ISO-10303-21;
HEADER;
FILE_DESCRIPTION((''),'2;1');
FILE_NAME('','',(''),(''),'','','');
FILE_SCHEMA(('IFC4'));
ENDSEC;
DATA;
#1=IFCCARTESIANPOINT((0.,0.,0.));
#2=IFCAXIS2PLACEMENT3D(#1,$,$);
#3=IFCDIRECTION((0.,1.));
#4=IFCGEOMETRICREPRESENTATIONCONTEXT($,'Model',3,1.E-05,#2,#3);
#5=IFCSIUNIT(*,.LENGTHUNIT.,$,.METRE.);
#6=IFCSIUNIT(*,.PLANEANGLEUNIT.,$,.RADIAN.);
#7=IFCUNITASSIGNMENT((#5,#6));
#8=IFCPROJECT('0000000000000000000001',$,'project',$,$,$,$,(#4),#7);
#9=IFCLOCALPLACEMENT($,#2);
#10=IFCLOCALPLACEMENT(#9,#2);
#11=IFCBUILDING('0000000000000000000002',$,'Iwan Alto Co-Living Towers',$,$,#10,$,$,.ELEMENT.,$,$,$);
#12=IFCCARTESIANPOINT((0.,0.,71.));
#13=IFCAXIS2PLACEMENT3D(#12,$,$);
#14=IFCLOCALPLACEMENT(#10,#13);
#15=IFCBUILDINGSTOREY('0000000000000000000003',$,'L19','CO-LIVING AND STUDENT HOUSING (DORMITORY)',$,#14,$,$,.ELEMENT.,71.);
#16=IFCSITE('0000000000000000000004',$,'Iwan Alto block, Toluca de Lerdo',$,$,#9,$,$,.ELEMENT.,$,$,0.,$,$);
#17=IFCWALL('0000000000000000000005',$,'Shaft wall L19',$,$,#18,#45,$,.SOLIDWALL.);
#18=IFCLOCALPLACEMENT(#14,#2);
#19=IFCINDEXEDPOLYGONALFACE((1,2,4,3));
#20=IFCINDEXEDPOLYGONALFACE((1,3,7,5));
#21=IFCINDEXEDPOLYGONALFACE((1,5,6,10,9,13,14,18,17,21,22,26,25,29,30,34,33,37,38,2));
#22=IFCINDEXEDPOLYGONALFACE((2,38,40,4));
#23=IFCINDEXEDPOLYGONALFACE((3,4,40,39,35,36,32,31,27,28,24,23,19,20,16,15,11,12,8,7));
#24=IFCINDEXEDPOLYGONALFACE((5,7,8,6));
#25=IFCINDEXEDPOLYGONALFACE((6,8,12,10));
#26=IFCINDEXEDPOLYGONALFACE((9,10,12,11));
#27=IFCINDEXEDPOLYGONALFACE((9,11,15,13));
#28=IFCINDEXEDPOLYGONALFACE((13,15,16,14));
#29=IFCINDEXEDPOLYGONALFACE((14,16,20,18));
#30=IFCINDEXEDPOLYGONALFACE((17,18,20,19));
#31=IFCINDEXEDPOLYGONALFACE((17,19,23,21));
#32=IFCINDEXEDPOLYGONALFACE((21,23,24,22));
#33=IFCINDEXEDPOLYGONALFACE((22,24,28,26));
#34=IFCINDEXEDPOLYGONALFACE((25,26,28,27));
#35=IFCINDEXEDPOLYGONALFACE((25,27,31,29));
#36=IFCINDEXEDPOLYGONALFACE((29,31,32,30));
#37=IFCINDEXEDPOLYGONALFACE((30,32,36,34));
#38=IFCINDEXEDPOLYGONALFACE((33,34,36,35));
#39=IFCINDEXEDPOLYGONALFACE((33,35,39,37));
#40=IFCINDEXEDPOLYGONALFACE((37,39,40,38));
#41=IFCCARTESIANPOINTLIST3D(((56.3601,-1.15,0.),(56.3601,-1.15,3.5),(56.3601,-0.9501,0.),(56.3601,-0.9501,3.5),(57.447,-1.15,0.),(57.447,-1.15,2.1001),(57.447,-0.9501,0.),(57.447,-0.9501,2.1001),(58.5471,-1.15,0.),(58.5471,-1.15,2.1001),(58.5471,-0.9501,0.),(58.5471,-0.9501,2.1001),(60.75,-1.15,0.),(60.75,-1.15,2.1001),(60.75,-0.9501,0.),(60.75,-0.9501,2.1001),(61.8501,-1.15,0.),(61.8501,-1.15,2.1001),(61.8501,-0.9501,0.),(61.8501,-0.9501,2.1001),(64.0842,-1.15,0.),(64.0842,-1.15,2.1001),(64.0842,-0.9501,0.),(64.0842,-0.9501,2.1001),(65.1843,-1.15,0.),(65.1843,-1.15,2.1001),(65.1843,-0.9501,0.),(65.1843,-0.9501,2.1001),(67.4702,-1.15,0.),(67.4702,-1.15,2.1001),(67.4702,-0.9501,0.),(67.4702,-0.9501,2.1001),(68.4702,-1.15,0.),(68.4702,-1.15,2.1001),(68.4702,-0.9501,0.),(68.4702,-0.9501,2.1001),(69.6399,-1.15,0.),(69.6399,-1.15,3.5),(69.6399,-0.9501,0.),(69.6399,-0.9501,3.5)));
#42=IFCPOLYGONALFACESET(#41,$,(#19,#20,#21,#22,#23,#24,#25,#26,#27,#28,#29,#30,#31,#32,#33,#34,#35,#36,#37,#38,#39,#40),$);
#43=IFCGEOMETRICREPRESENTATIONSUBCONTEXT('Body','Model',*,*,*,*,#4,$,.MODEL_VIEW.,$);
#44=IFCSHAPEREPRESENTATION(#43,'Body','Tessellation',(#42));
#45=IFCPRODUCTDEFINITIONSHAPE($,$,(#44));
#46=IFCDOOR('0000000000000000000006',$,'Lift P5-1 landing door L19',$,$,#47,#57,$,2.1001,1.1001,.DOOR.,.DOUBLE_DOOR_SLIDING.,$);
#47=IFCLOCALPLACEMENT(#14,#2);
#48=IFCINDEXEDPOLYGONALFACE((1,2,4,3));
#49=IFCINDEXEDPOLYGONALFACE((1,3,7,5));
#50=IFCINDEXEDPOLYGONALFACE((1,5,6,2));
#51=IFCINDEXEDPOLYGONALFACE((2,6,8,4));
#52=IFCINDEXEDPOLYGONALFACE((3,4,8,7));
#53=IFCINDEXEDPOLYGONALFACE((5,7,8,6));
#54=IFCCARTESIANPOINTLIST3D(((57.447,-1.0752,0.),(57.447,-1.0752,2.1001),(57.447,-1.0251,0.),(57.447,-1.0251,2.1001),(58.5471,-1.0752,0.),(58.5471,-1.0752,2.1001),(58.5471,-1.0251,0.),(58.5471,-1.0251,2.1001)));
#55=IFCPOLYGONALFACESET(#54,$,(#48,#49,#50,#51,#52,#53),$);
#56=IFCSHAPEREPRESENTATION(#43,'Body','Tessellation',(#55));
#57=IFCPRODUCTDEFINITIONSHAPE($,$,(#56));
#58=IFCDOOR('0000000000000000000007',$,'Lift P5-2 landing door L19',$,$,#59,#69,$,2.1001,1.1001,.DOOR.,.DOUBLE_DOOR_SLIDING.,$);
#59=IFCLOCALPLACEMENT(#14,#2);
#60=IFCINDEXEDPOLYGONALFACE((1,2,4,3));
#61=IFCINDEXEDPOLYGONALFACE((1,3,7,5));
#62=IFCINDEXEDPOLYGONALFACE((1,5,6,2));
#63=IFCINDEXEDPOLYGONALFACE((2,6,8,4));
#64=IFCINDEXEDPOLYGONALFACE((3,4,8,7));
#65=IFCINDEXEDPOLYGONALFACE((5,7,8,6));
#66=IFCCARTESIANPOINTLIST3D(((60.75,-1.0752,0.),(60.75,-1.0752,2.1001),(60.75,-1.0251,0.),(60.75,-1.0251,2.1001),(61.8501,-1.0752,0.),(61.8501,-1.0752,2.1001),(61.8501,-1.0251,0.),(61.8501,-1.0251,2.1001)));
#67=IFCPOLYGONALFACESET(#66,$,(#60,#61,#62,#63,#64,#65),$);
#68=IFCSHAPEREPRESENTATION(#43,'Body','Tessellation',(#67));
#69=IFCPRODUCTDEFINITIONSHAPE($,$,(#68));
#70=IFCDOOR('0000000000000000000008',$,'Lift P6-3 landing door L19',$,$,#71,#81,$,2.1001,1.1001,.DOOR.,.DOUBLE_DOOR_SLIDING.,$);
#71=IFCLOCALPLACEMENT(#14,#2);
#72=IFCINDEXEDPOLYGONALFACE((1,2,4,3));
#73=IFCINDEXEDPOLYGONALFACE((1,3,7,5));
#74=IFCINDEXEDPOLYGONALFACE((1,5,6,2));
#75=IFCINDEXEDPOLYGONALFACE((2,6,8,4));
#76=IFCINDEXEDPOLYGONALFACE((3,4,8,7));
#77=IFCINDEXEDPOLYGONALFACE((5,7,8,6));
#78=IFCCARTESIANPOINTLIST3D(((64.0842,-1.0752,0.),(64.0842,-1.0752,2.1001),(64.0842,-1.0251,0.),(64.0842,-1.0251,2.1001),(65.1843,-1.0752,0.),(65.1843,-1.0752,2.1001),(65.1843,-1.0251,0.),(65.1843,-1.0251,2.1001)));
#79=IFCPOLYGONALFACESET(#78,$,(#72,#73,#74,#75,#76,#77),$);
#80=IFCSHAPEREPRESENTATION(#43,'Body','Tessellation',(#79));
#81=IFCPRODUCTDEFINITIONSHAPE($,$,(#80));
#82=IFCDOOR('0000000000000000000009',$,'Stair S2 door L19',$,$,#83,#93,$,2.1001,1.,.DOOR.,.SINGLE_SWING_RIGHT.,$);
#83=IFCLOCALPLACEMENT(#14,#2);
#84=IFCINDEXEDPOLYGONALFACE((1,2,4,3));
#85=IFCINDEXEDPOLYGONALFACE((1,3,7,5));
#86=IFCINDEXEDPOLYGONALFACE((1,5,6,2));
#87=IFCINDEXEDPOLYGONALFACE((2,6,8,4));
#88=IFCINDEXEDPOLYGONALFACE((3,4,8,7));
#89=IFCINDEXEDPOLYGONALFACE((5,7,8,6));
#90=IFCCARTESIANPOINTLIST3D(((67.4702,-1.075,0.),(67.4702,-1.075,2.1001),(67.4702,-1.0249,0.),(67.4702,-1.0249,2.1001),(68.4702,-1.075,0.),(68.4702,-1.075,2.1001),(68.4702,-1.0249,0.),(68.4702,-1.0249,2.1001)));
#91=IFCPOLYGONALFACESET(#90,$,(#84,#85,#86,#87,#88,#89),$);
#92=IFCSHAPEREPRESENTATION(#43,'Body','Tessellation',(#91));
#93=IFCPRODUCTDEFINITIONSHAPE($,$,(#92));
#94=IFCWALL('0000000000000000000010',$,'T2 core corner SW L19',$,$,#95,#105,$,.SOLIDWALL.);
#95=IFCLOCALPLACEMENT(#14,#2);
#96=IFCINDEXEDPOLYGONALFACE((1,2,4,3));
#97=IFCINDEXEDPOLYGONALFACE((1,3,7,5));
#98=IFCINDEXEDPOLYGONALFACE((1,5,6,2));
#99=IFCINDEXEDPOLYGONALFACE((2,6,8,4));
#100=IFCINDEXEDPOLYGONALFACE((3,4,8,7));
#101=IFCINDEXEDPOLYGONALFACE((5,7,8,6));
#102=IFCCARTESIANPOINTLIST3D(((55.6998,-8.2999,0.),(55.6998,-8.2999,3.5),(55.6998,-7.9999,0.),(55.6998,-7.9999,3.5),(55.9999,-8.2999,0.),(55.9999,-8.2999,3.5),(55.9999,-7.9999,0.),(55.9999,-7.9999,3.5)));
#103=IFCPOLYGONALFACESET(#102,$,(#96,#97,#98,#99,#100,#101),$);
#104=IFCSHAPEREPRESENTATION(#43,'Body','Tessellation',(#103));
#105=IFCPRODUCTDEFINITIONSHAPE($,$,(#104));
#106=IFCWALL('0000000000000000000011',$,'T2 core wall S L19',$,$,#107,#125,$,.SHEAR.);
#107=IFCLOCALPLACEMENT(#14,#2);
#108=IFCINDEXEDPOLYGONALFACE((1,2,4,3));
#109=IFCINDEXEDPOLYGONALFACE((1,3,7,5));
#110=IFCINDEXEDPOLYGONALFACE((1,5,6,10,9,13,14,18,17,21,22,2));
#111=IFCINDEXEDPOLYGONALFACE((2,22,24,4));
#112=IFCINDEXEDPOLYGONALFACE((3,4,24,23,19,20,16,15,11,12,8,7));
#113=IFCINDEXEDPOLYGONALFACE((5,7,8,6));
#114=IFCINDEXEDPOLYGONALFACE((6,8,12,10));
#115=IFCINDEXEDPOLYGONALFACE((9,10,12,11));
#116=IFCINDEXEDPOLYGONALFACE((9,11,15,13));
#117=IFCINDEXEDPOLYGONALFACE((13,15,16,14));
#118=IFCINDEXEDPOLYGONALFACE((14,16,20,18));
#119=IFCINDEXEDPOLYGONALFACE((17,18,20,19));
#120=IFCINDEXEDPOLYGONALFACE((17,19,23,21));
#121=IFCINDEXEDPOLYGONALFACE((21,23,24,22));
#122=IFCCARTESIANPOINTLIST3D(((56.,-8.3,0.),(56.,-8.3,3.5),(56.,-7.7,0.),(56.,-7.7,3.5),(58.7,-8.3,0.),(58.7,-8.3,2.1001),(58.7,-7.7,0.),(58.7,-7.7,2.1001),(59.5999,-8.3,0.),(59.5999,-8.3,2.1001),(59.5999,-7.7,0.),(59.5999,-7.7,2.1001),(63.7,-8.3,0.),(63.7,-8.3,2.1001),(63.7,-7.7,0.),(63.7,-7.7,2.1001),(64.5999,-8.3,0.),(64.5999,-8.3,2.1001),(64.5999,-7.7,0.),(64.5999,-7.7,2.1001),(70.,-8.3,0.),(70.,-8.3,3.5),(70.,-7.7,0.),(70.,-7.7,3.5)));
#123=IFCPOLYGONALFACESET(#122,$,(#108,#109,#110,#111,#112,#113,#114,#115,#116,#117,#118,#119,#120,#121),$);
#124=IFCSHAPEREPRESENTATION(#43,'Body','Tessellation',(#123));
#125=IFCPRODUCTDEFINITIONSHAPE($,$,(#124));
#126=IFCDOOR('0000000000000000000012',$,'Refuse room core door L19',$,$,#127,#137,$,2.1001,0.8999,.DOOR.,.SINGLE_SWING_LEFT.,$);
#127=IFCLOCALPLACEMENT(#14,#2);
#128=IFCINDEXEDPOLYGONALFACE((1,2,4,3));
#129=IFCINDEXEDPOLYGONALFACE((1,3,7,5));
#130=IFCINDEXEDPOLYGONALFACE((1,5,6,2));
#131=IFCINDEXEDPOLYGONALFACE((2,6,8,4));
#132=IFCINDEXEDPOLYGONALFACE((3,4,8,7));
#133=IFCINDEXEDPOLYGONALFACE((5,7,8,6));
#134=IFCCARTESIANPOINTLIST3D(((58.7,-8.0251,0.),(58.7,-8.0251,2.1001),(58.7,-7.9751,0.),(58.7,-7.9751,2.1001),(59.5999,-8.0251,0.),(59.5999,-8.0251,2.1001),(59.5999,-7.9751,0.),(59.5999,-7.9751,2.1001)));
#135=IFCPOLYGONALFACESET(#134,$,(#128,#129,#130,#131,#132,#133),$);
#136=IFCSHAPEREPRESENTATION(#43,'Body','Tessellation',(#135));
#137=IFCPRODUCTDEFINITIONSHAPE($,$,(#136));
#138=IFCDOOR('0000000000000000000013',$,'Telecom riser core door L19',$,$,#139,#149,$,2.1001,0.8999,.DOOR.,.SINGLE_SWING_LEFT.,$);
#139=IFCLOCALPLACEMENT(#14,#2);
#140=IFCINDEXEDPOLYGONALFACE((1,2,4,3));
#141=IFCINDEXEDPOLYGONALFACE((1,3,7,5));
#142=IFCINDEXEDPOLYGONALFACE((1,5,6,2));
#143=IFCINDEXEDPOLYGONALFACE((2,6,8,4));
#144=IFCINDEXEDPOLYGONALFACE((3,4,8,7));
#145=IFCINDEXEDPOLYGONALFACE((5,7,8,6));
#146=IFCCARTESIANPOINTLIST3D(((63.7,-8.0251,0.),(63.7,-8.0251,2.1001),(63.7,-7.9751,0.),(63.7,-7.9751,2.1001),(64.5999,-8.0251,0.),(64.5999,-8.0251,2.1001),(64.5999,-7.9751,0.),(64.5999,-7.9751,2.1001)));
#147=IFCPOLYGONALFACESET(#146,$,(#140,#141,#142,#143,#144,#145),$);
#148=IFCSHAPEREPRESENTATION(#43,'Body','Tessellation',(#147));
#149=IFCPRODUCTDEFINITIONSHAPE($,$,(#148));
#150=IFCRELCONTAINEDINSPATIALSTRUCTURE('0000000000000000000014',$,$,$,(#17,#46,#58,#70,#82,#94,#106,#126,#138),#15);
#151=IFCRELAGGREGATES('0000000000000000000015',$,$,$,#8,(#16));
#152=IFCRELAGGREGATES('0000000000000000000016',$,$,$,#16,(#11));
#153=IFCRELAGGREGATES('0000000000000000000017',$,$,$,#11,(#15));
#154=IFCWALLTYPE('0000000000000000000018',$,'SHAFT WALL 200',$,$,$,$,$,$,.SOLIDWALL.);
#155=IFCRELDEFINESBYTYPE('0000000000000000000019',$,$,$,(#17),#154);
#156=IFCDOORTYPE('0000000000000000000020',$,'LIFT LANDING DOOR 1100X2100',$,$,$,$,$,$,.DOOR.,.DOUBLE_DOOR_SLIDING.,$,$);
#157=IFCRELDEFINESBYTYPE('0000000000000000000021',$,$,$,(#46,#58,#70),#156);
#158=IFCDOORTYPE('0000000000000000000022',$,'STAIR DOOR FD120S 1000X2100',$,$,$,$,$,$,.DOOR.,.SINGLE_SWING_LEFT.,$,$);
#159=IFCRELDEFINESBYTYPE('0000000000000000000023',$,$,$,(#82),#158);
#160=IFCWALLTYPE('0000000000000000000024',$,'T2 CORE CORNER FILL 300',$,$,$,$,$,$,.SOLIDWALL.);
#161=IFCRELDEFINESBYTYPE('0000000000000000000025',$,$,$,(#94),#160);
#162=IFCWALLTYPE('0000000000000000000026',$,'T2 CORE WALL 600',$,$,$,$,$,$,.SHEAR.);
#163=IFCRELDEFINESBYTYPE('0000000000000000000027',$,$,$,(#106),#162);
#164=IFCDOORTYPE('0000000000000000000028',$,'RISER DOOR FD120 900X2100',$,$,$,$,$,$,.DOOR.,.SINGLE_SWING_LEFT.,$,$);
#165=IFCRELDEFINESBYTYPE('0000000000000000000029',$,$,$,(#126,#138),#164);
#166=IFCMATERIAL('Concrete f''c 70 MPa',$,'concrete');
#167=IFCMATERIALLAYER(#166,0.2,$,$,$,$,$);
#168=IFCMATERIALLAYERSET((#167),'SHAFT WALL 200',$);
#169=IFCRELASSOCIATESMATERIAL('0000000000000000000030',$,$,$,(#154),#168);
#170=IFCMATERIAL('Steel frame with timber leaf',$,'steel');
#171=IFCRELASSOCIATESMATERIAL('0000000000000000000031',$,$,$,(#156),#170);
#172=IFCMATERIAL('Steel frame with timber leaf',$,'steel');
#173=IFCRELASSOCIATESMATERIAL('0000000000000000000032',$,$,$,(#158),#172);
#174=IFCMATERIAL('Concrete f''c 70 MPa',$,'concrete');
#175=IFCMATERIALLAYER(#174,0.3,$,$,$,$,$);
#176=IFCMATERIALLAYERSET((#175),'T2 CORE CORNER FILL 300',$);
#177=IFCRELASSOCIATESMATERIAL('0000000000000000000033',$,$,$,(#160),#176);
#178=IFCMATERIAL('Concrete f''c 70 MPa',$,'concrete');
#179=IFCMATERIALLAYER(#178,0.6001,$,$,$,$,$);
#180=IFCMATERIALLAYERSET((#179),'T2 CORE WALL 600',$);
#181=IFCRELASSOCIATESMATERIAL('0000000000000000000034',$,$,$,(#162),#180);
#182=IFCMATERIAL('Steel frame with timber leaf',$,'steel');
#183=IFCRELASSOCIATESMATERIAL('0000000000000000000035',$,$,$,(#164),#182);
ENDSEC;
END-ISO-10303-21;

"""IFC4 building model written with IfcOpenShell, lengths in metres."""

from ifc_helpers import new_model, si_unit, direction, frame, frame_2d, origin, place, context, subcontext, project, spatial, rectangle, extrude, material, layer, layer_set, type_object, element, fill, save


model = new_model("IFC4")

# Units and contexts
model_context = context("Model", 3, precision=1e-05, world=origin(), true_north=direction((0.0, 1.0)))
body_context = subcontext(model_context, "Body", "Model", "MODEL_VIEW")
ifc_project = project(units=[si_unit("LENGTHUNIT", "METRE"), si_unit("PLANEANGLEUNIT", "RADIAN")], contexts=[model_context])

# Site, building, storey
site_placement = place(None, origin())
site = spatial("IfcSite", under=ifc_project, at=site_placement, Name="Iwan Alto block, Toluca de Lerdo", CompositionType="ELEMENT", RefElevation=0.0)
building_placement = place(site_placement, origin())
building = spatial("IfcBuilding", under=site, at=building_placement, Name="Iwan Alto Co-Living Towers", CompositionType="ELEMENT")
storey_placement = place(building_placement, frame((0.0, 0.0, 71.0)))
storey = spatial("IfcBuildingStorey", under=building, at=storey_placement, Name="L19", Description="CO-LIVING AND STUDENT HOUSING (DORMITORY)", CompositionType="ELEMENT", Elevation=71.0)

# Shared definitions
ifc_material_1 = material(Name="Concrete f'c 70 MPa", Category="concrete")
ifc_layer_1 = layer(ifc_material_1, 0.2)
ifc_layer_set_1 = layer_set([ifc_layer_1], Name="SHAFT WALL 200")
wall_type_1 = type_object("IfcWallType", Name="SHAFT WALL 200", PredefinedType="SOLIDWALL", material=ifc_layer_set_1)

# Wall, openings, doors
wall_1_placement = place(storey_placement, frame((56.3601, -1.05, 0.0), z_axis=(0.0, 0.0, 1.0), x_axis=(1.0, 0.0, 0.0)))
wall_1 = element("IfcWall", 1, at=wall_1_placement, inside=storey, type_object=wall_type_1, Name="Shaft wall L19", PredefinedType="SOLIDWALL", context=body_context, shape_type="SweptSolid", body=[
    extrude(rectangle(XDim=13.2798, YDim=0.2, at=frame_2d((6.6399, 0.0))), origin(), (0.0, 0.0, 1.0), 3.5),
])
opening_1_placement = place(wall_1_placement, frame((11.1101, 0.0, 0.0)))
opening_1 = element("IfcOpeningElement", 2, at=opening_1_placement, cuts=wall_1, PredefinedType="OPENING", context=body_context, shape_type="SweptSolid", body=[
    extrude(rectangle(XDim=1.0, YDim=2.1001, at=frame_2d((0.5, 1.05))), frame((0.0, 0.1099, 0.0), z_axis=(0.0, -1.0, 0.0), x_axis=(1.0, 0.0, 0.0)), (0.0, 0.0, 1.0), 0.22),
])
opening_2_placement = place(wall_1_placement, frame((1.0869, 0.0, 0.0)))
opening_2 = element("IfcOpeningElement", 3, at=opening_2_placement, cuts=wall_1, PredefinedType="OPENING", context=body_context, shape_type="SweptSolid", body=[
    extrude(rectangle(XDim=1.1001, YDim=2.1001, at=frame_2d((0.55, 1.05))), frame((0.0, 0.1099, 0.0), z_axis=(0.0, -1.0, 0.0), x_axis=(1.0, 0.0, 0.0)), (0.0, 0.0, 1.0), 0.22),
])
opening_3_placement = place(wall_1_placement, frame((4.3899, 0.0, 0.0)))
opening_3 = element("IfcOpeningElement", 4, at=opening_3_placement, cuts=wall_1, PredefinedType="OPENING", context=body_context, shape_type="SweptSolid", body=[
    extrude(rectangle(XDim=1.1001, YDim=2.1001, at=frame_2d((0.55, 1.05))), frame((0.0, 0.1099, 0.0), z_axis=(0.0, -1.0, 0.0), x_axis=(1.0, 0.0, 0.0)), (0.0, 0.0, 1.0), 0.22),
])
opening_4_placement = place(wall_1_placement, frame((7.7241, 0.0, 0.0)))
opening_4 = element("IfcOpeningElement", 5, at=opening_4_placement, cuts=wall_1, PredefinedType="OPENING", context=body_context, shape_type="SweptSolid", body=[
    extrude(rectangle(XDim=1.1001, YDim=2.1001, at=frame_2d((0.55, 1.05))), frame((0.0, 0.1099, 0.0), z_axis=(0.0, -1.0, 0.0), x_axis=(1.0, 0.0, 0.0)), (0.0, 0.0, 1.0), 0.22),
])
ifc_material_2 = material(Name="Steel frame with timber leaf", Category="steel")
door_type_1 = type_object("IfcDoorType", Name="LIFT LANDING DOOR 1100X2100", OperationType="DOUBLE_DOOR_SLIDING", PredefinedType="DOOR", material=ifc_material_2)
door_1_placement = place(opening_2_placement, origin())
door_1 = element("IfcDoor", 6, at=door_1_placement, inside=storey, type_object=door_type_1, Name="Lift P5-1 landing door L19", OperationType="DOUBLE_DOOR_SLIDING", OverallHeight=2.1001, OverallWidth=1.1001, PredefinedType="DOOR", context=body_context, shape_type="SweptSolid", body=[
    extrude(rectangle(XDim=1.1001, YDim=2.1001, at=frame_2d((0.55, 1.05))), frame((0.0, 0.0249, 0.0), z_axis=(0.0, -1.0, 0.0), x_axis=(1.0, 0.0, 0.0)), (0.0, 0.0, 1.0), 0.05),
])
fill(opening_2, door_1)
door_2_placement = place(opening_3_placement, origin())
door_2 = element("IfcDoor", 7, at=door_2_placement, inside=storey, type_object=door_type_1, Name="Lift P5-2 landing door L19", OperationType="DOUBLE_DOOR_SLIDING", OverallHeight=2.1001, OverallWidth=1.1001, PredefinedType="DOOR", context=body_context, shape_type="SweptSolid", body=[
    extrude(rectangle(XDim=1.1001, YDim=2.1001, at=frame_2d((0.55, 1.05))), frame((0.0, 0.0249, 0.0), z_axis=(0.0, -1.0, 0.0), x_axis=(1.0, 0.0, 0.0)), (0.0, 0.0, 1.0), 0.05),
])
fill(opening_3, door_2)
door_3_placement = place(opening_4_placement, origin())
door_3 = element("IfcDoor", 8, at=door_3_placement, inside=storey, type_object=door_type_1, Name="Lift P6-3 landing door L19", OperationType="DOUBLE_DOOR_SLIDING", OverallHeight=2.1001, OverallWidth=1.1001, PredefinedType="DOOR", context=body_context, shape_type="SweptSolid", body=[
    extrude(rectangle(XDim=1.1001, YDim=2.1001, at=frame_2d((0.55, 1.05))), frame((0.0, 0.0249, 0.0), z_axis=(0.0, -1.0, 0.0), x_axis=(1.0, 0.0, 0.0)), (0.0, 0.0, 1.0), 0.05),
])
fill(opening_4, door_3)
ifc_material_3 = material(Name="Steel frame with timber leaf", Category="steel")
door_type_2 = type_object("IfcDoorType", Name="STAIR DOOR FD120S 1000X2100", OperationType="SINGLE_SWING_LEFT", PredefinedType="DOOR", material=ifc_material_3)
door_4_placement = place(opening_1_placement, frame((1.0, 0.0, 0.0), z_axis=(0.0, 0.0, 1.0), x_axis=(-1.0, 0.0, 0.0)))
door_4 = element("IfcDoor", 9, at=door_4_placement, inside=storey, type_object=door_type_2, Name="Stair S2 door L19", OperationType="SINGLE_SWING_RIGHT", OverallHeight=2.1001, OverallWidth=1.0, PredefinedType="DOOR", context=body_context, shape_type="SweptSolid", body=[
    extrude(rectangle(XDim=1.0, YDim=2.1001, at=frame_2d((0.5, 1.05))), frame((0.0, 0.0249, 0.0), z_axis=(0.0, -1.0, 0.0), x_axis=(1.0, 0.0, 0.0)), (0.0, 0.0, 1.0), 0.05),
])
fill(opening_1, door_4)

# Wall
ifc_material_4 = material(Name="Concrete f'c 70 MPa", Category="concrete")
ifc_layer_2 = layer(ifc_material_4, 0.3)
ifc_layer_set_2 = layer_set([ifc_layer_2], Name="T2 CORE CORNER FILL 300")
wall_type_2 = type_object("IfcWallType", Name="T2 CORE CORNER FILL 300", PredefinedType="SOLIDWALL", material=ifc_layer_set_2)
wall_2_placement = place(storey_placement, frame((55.7, -8.1499, 0.0), z_axis=(0.0, 0.0, 1.0), x_axis=(1.0, 0.0, 0.0)))
element("IfcWall", 10, at=wall_2_placement, inside=storey, type_object=wall_type_2, Name="T2 core corner SW L19", PredefinedType="SOLIDWALL", context=body_context, shape_type="SweptSolid", body=[
    extrude(rectangle(XDim=0.3, YDim=0.3, at=frame_2d((0.1499, 0.0))), origin(), (0.0, 0.0, 1.0), 3.5),
])

# Wall, openings, doors
ifc_material_5 = material(Name="Concrete f'c 70 MPa", Category="concrete")
ifc_layer_3 = layer(ifc_material_5, 0.6001)
ifc_layer_set_3 = layer_set([ifc_layer_3], Name="T2 CORE WALL 600")
wall_type_3 = type_object("IfcWallType", Name="T2 CORE WALL 600", PredefinedType="SHEAR", material=ifc_layer_set_3)
wall_3_placement = place(storey_placement, frame((56.0, -8.0, 0.0), z_axis=(0.0, 0.0, 1.0), x_axis=(1.0, 0.0, 0.0)))
wall_3 = element("IfcWall", 11, at=wall_3_placement, inside=storey, type_object=wall_type_3, Name="T2 core wall S L19", PredefinedType="SHEAR", context=body_context, shape_type="SweptSolid", body=[
    extrude(rectangle(XDim=14.0, YDim=0.6001, at=frame_2d((7.0, 0.0))), origin(), (0.0, 0.0, 1.0), 3.5),
])
opening_5_placement = place(wall_3_placement, frame((2.7, 0.0, 0.0)))
opening_5 = element("IfcOpeningElement", 12, at=opening_5_placement, cuts=wall_3, PredefinedType="OPENING", context=body_context, shape_type="SweptSolid", body=[
    extrude(rectangle(XDim=0.8999, YDim=2.1001, at=frame_2d((0.45, 1.05))), frame((0.0, 0.3101, 0.0), z_axis=(0.0, -1.0, 0.0), x_axis=(1.0, 0.0, 0.0)), (0.0, 0.0, 1.0), 0.6201),
])
opening_6_placement = place(wall_3_placement, frame((7.7, 0.0, 0.0)))
opening_6 = element("IfcOpeningElement", 13, at=opening_6_placement, cuts=wall_3, PredefinedType="OPENING", context=body_context, shape_type="SweptSolid", body=[
    extrude(rectangle(XDim=0.8999, YDim=2.1001, at=frame_2d((0.45, 1.05))), frame((0.0, 0.3101, 0.0), z_axis=(0.0, -1.0, 0.0), x_axis=(1.0, 0.0, 0.0)), (0.0, 0.0, 1.0), 0.6201),
])
ifc_material_6 = material(Name="Steel frame with timber leaf", Category="steel")
door_type_3 = type_object("IfcDoorType", Name="RISER DOOR FD120 900X2100", OperationType="SINGLE_SWING_LEFT", PredefinedType="DOOR", material=ifc_material_6)
door_5_placement = place(opening_5_placement, origin())
door_5 = element("IfcDoor", 14, at=door_5_placement, inside=storey, type_object=door_type_3, Name="Refuse room core door L19", OperationType="SINGLE_SWING_LEFT", OverallHeight=2.1001, OverallWidth=0.8999, PredefinedType="DOOR", context=body_context, shape_type="SweptSolid", body=[
    extrude(rectangle(XDim=0.8999, YDim=2.1001, at=frame_2d((0.45, 1.05))), frame((0.0, 0.0249, 0.0), z_axis=(0.0, -1.0, 0.0), x_axis=(1.0, 0.0, 0.0)), (0.0, 0.0, 1.0), 0.05),
])
fill(opening_5, door_5)
door_6_placement = place(opening_6_placement, origin())
door_6 = element("IfcDoor", 15, at=door_6_placement, inside=storey, type_object=door_type_3, Name="Telecom riser core door L19", OperationType="SINGLE_SWING_LEFT", OverallHeight=2.1001, OverallWidth=0.8999, PredefinedType="DOOR", context=body_context, shape_type="SweptSolid", body=[
    extrude(rectangle(XDim=0.8999, YDim=2.1001, at=frame_2d((0.45, 1.05))), frame((0.0, 0.0249, 0.0), z_axis=(0.0, -1.0, 0.0), x_axis=(1.0, 0.0, 0.0)), (0.0, 0.0, 1.0), 0.05),
])
fill(opening_6, door_6)

save(model, "model.ifc")
